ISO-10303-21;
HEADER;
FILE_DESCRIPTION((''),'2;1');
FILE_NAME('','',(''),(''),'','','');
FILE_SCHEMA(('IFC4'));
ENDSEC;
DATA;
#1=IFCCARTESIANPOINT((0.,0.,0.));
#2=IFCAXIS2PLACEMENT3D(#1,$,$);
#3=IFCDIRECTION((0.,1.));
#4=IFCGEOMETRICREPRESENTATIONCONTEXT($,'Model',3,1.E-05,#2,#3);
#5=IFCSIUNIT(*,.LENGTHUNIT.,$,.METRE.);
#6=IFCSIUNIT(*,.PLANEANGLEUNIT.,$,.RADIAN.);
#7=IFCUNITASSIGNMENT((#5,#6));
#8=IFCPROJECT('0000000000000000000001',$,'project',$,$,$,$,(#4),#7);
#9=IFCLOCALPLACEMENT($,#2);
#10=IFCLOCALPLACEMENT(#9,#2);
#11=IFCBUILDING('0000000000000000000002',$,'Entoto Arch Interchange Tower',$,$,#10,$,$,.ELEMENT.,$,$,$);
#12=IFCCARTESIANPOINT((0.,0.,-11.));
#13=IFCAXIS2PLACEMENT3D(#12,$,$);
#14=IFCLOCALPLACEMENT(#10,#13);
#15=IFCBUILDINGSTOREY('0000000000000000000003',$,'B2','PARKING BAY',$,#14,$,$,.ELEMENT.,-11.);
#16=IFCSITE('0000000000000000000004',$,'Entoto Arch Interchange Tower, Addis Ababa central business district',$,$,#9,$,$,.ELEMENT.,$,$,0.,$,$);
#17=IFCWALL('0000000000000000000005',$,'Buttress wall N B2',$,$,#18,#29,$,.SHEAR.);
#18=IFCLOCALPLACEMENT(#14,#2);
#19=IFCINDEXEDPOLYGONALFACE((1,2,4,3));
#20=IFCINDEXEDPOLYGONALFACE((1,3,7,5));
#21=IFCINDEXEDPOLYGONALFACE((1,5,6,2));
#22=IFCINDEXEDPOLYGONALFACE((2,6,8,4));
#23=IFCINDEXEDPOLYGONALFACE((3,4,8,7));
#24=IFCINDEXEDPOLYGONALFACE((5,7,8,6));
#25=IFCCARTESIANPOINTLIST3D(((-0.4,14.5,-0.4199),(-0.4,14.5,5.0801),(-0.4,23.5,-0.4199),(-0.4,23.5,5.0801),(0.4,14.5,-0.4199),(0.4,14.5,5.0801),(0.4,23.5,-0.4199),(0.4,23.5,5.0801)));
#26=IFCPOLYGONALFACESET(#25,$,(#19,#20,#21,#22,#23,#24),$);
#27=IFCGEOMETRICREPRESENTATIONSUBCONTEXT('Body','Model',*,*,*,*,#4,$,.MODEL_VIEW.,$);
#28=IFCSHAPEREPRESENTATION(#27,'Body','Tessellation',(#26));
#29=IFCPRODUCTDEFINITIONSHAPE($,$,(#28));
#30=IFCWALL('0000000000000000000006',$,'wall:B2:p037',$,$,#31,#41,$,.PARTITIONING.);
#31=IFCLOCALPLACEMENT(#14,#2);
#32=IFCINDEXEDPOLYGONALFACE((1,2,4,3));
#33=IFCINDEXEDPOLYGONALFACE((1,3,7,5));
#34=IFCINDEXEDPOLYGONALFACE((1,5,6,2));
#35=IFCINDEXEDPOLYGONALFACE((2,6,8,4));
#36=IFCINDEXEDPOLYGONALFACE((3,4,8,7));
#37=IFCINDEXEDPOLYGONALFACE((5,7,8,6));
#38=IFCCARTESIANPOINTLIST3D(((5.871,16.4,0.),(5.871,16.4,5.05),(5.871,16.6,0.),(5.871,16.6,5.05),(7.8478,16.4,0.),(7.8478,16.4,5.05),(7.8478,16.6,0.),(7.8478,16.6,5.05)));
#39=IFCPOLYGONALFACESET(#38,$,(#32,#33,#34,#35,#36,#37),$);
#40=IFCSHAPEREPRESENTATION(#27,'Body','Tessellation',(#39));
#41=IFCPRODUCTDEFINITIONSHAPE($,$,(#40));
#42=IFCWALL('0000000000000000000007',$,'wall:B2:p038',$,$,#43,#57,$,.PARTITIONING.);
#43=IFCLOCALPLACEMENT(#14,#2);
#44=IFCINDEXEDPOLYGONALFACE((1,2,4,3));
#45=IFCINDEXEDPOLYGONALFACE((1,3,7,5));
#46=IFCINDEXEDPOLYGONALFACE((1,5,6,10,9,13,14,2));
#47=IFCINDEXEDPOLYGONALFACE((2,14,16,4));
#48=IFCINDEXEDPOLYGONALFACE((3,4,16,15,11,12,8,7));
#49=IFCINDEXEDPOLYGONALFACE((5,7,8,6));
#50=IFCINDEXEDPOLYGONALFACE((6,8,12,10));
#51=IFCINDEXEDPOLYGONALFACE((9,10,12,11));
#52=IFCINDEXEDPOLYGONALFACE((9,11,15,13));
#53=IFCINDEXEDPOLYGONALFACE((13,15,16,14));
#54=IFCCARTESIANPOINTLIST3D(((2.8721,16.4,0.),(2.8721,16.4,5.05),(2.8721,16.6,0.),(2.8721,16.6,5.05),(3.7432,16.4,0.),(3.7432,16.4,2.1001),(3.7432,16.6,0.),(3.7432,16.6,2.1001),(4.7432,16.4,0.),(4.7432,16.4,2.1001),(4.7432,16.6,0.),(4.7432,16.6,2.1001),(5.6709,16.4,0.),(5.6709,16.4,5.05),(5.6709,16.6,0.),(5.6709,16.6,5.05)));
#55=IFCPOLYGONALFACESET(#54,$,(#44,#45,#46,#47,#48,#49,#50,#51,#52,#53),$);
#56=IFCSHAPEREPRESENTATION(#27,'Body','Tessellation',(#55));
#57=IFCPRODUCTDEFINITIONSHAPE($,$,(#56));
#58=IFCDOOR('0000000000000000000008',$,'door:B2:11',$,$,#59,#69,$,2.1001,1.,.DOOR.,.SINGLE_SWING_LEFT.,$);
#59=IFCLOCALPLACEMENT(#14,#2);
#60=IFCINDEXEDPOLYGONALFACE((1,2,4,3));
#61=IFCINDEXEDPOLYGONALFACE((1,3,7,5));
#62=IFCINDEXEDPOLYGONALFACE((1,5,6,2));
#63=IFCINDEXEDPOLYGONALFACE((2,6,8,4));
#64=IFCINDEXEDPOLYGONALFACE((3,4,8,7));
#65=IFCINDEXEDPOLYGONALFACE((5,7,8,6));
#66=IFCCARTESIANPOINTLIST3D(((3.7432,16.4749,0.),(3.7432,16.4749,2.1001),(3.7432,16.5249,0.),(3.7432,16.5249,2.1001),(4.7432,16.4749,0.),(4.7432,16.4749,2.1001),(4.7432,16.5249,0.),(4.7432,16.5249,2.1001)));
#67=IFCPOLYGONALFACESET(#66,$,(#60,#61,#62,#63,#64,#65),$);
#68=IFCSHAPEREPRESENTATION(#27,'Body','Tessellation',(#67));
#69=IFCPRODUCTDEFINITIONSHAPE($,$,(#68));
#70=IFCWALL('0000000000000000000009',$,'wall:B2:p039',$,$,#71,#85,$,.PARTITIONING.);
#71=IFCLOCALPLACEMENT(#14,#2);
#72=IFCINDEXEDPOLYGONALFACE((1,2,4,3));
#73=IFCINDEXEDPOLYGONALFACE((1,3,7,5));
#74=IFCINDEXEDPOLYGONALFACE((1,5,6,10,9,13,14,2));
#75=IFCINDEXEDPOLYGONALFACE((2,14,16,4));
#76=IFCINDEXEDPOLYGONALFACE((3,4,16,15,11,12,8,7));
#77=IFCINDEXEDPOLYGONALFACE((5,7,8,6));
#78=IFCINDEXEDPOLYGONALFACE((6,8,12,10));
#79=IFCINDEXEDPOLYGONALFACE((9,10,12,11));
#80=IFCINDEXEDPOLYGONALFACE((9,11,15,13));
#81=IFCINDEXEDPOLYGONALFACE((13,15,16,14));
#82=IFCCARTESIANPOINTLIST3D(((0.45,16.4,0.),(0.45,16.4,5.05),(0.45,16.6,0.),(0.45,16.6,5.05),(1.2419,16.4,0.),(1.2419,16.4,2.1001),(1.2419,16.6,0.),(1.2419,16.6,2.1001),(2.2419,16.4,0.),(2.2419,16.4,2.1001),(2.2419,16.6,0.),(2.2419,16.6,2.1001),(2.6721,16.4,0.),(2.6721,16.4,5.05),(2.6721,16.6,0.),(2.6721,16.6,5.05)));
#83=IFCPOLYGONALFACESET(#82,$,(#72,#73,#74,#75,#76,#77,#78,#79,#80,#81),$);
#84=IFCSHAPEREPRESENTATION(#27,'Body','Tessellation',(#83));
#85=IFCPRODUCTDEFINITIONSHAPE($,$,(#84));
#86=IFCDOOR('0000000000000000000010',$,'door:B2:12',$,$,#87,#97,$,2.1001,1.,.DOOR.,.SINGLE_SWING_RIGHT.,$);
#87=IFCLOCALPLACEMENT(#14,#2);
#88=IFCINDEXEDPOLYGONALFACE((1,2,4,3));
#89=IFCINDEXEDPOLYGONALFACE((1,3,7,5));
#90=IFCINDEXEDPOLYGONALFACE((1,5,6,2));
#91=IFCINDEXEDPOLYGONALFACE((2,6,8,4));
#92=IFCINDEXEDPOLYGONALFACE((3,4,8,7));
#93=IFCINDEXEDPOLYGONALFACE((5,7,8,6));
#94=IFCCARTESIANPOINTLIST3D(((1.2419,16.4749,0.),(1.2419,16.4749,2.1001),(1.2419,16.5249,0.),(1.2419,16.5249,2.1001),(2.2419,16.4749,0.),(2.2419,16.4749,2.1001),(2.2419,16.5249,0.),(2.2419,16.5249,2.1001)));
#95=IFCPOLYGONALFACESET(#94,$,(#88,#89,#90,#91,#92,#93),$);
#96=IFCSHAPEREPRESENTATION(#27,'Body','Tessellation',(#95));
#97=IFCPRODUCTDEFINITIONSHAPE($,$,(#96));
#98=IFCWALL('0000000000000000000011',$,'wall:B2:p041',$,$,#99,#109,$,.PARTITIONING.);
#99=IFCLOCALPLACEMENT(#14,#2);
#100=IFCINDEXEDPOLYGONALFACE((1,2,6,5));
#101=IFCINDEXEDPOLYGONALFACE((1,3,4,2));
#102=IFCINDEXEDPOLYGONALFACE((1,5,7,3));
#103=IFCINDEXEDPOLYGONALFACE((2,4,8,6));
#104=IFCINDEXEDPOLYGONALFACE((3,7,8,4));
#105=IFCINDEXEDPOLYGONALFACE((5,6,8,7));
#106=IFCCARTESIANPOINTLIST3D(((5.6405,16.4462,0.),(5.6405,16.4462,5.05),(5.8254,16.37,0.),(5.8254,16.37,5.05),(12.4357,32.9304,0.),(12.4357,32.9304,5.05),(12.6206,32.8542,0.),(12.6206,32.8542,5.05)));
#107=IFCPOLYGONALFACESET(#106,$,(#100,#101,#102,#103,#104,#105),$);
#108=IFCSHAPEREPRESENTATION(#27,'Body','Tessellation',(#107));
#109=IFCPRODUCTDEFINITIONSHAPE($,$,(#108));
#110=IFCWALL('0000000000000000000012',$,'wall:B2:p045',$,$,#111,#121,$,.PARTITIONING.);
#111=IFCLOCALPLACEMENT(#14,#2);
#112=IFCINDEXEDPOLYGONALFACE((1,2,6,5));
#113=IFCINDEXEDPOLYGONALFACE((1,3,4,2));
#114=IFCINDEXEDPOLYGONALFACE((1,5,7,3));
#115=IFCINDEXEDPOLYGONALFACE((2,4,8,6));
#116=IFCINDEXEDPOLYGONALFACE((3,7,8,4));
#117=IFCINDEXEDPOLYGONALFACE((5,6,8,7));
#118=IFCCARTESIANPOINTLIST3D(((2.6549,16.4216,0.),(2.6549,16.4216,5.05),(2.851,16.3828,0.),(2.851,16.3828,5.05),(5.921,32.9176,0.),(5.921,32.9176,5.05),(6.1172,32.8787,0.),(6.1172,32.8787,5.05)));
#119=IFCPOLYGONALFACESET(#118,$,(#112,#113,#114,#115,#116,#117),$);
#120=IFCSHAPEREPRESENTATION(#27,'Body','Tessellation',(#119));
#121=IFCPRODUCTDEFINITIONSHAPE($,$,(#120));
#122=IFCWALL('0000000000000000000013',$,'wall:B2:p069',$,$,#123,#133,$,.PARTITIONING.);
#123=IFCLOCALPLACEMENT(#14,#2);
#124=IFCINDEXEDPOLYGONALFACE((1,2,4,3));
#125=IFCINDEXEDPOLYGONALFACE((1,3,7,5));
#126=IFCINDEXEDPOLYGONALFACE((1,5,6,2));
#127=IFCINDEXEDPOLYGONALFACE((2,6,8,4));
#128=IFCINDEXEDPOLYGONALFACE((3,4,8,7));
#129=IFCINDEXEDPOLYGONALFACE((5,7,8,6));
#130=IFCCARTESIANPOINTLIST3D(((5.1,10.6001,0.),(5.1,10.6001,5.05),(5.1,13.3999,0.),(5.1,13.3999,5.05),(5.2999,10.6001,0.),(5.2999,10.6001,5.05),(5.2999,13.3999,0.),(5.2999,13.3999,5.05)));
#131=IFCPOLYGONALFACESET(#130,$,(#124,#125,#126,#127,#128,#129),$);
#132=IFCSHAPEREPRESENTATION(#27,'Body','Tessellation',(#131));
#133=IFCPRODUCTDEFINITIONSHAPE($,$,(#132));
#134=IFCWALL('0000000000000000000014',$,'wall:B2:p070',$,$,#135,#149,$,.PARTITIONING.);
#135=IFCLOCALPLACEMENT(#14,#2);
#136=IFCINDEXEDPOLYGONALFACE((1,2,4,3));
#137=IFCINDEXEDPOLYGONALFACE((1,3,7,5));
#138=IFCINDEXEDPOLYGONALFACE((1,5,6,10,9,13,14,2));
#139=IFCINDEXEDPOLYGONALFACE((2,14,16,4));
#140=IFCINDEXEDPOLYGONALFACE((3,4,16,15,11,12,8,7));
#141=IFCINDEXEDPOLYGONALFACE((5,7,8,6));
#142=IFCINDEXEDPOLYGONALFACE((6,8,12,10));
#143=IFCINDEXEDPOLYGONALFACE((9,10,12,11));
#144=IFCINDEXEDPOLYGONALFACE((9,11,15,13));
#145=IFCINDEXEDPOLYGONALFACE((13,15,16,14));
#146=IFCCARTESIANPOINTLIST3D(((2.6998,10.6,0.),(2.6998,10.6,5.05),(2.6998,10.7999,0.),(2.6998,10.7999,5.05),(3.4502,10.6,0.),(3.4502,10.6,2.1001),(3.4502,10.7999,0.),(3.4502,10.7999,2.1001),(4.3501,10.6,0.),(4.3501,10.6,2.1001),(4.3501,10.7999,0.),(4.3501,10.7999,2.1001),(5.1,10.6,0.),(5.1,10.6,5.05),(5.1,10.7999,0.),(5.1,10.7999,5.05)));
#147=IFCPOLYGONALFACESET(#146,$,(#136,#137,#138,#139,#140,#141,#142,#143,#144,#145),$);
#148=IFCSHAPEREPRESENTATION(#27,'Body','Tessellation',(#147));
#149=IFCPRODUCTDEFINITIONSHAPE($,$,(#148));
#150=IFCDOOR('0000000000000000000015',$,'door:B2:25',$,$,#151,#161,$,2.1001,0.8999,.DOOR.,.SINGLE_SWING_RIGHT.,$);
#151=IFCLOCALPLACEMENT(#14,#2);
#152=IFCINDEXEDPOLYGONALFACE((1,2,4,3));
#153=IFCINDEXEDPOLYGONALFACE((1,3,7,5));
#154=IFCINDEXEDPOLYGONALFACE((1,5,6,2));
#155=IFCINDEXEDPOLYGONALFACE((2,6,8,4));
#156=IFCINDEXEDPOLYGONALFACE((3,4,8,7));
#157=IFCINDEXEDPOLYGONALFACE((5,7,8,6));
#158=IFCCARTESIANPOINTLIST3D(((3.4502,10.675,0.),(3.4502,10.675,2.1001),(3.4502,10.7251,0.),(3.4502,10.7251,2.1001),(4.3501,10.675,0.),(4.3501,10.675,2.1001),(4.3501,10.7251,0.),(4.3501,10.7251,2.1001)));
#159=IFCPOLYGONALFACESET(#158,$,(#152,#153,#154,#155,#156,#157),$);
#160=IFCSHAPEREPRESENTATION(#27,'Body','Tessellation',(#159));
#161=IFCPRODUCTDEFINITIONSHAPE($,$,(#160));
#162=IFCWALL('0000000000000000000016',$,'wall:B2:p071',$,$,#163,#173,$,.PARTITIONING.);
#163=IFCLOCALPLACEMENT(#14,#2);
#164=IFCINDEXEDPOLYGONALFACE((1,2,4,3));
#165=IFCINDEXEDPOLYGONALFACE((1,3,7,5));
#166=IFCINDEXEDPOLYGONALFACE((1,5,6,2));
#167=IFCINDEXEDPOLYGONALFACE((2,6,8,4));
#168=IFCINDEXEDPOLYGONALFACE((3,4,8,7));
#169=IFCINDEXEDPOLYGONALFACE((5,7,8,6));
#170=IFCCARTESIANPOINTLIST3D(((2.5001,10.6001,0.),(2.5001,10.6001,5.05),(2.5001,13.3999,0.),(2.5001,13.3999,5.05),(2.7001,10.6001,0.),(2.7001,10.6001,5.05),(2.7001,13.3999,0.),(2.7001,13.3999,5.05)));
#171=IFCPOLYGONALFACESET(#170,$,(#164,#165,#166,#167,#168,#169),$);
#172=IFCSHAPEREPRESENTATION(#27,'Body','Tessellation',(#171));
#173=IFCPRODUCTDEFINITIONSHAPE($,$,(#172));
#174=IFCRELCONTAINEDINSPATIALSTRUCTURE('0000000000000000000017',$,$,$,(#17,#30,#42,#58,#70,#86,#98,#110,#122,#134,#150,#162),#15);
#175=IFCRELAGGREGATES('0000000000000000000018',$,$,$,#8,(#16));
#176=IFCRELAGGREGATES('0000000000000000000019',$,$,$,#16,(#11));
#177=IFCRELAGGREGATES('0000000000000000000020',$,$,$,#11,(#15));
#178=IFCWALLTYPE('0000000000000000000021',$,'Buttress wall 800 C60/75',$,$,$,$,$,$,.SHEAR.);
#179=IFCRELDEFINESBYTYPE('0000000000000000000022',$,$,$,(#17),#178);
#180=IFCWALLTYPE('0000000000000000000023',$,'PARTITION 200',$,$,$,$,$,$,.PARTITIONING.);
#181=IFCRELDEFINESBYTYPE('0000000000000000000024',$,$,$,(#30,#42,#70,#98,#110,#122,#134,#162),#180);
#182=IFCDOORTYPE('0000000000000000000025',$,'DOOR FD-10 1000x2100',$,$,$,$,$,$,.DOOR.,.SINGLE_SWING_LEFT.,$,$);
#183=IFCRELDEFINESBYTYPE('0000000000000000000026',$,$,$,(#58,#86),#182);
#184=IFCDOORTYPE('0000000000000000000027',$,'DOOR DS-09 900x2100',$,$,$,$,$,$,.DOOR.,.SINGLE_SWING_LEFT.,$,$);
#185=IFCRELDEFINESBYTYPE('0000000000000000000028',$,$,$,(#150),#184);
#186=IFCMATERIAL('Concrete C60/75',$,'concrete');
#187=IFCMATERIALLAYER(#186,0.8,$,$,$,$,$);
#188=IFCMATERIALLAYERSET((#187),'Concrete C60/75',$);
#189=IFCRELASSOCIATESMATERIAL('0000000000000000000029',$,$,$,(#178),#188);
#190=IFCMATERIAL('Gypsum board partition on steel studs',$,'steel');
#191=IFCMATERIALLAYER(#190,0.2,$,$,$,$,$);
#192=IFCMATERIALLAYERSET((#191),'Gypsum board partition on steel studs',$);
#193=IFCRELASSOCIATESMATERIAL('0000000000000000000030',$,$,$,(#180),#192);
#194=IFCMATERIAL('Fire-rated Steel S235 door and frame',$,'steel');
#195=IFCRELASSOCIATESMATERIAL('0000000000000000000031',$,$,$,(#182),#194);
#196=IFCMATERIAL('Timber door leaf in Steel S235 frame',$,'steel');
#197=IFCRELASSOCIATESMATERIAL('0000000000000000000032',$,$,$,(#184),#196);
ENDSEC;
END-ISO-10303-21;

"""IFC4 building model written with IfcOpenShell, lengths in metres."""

from ifc_helpers import new_model, si_unit, direction, frame, frame_2d, origin, place, context, subcontext, project, spatial, rectangle, extrude, material, layer, layer_set, type_object, element, fill, save


model = new_model("IFC4")

# Units and contexts
model_context = context("Model", 3, precision=1e-05, world=origin(), true_north=direction((0.0, 1.0)))
body_context = subcontext(model_context, "Body", "Model", "MODEL_VIEW")
ifc_project = project(units=[si_unit("LENGTHUNIT", "METRE"), si_unit("PLANEANGLEUNIT", "RADIAN")], contexts=[model_context])

# Site, building, storey
site_placement = place(None, origin())
site = spatial("IfcSite", under=ifc_project, at=site_placement, Name="Entoto Arch Interchange Tower, Addis Ababa central business district", CompositionType="ELEMENT", RefElevation=0.0)
building_placement = place(site_placement, origin())
building = spatial("IfcBuilding", under=site, at=building_placement, Name="Entoto Arch Interchange Tower", CompositionType="ELEMENT")
storey_placement = place(building_placement, frame((0.0, 0.0, -11.0)))
storey = spatial("IfcBuildingStorey", under=building, at=storey_placement, Name="B2", Description="PARKING BAY", CompositionType="ELEMENT", Elevation=-11.0)

# Walls
ifc_material_1 = material(Name="Concrete C60/75", Category="concrete")
ifc_layer_1 = layer(ifc_material_1, 0.8)
ifc_layer_set_1 = layer_set([ifc_layer_1], Name="Concrete C60/75")
wall_type_1 = type_object("IfcWallType", Name="Buttress wall 800 C60/75", PredefinedType="SHEAR", material=ifc_layer_set_1)
wall_1_placement = place(storey_placement, frame((0.0, 14.5, -0.4199), z_axis=(0.0, 0.0, 1.0), x_axis=(0.0, 1.0, 0.0)))
element("IfcWall", 1, at=wall_1_placement, inside=storey, type_object=wall_type_1, Name="Buttress wall N B2", PredefinedType="SHEAR", context=body_context, shape_type="SweptSolid", body=[
    extrude(rectangle(XDim=9.0, YDim=0.8, at=frame_2d((4.5, 0.0))), origin(), (0.0, 0.0, 1.0), 5.5),
])
ifc_material_2 = material(Name="Gypsum board partition on steel studs", Category="steel")
ifc_layer_2 = layer(ifc_material_2, 0.2)
ifc_layer_set_2 = layer_set([ifc_layer_2], Name="Gypsum board partition on steel studs")
wall_type_2 = type_object("IfcWallType", Name="PARTITION 200", PredefinedType="PARTITIONING", material=ifc_layer_set_2)
wall_2_placement = place(storey_placement, frame((5.8711, 16.5, 0.0), z_axis=(0.0, 0.0, 1.0), x_axis=(1.0, 0.0, 0.0)))
element("IfcWall", 2, at=wall_2_placement, inside=storey, type_object=wall_type_2, Name="wall:B2:p037", PredefinedType="PARTITIONING", context=body_context, shape_type="SweptSolid", body=[
    extrude(rectangle(XDim=1.9768, YDim=0.2, at=frame_2d((0.9883, 0.0))), origin(), (0.0, 0.0, 1.0), 5.05),
])

# Walls, openings, doors
wall_3_placement = place(storey_placement, frame((2.8721, 16.5, 0.0), z_axis=(0.0, 0.0, 1.0), x_axis=(1.0, 0.0, 0.0)))
wall_3 = element("IfcWall", 3, at=wall_3_placement, inside=storey, type_object=wall_type_2, Name="wall:B2:p038", PredefinedType="PARTITIONING", context=body_context, shape_type="SweptSolid", body=[
    extrude(rectangle(XDim=2.7988, YDim=0.2, at=frame_2d((1.3994, 0.0))), origin(), (0.0, 0.0, 1.0), 5.05),
])
opening_1_placement = place(wall_3_placement, frame((0.8711, 0.0, 0.0)))
opening_1 = element("IfcOpeningElement", 4, at=opening_1_placement, cuts=wall_3, PredefinedType="OPENING", context=body_context, shape_type="SweptSolid", body=[
    extrude(rectangle(XDim=1.0, YDim=2.1001, at=frame_2d((0.5, 1.05))), frame((0.0, 0.1099, 0.0), z_axis=(0.0, -1.0, 0.0), x_axis=(1.0, 0.0, 0.0)), (0.0, 0.0, 1.0), 0.22),
])
ifc_material_3 = material(Name="Fire-rated Steel S235 door and frame", Category="steel")
door_type_1 = type_object("IfcDoorType", Name="DOOR FD-10 1000x2100", OperationType="SINGLE_SWING_LEFT", PredefinedType="DOOR", material=ifc_material_3)
door_1_placement = place(opening_1_placement, origin())
door_1 = element("IfcDoor", 5, at=door_1_placement, inside=storey, type_object=door_type_1, Name="door:B2:11", OperationType="SINGLE_SWING_LEFT", OverallHeight=2.1001, OverallWidth=1.0, PredefinedType="DOOR", context=body_context, shape_type="SweptSolid", body=[
    extrude(rectangle(XDim=1.0, YDim=2.1001, at=frame_2d((0.5, 1.05))), frame((0.0, 0.0249, 0.0), z_axis=(0.0, -1.0, 0.0), x_axis=(1.0, 0.0, 0.0)), (0.0, 0.0, 1.0), 0.05),
])
fill(opening_1, door_1)
wall_4_placement = place(storey_placement, frame((0.45, 16.5, 0.0), z_axis=(0.0, 0.0, 1.0), x_axis=(1.0, 0.0, 0.0)))
wall_4 = element("IfcWall", 6, at=wall_4_placement, inside=storey, type_object=wall_type_2, Name="wall:B2:p039", PredefinedType="PARTITIONING", context=body_context, shape_type="SweptSolid", body=[
    extrude(rectangle(XDim=2.2222, YDim=0.2, at=frame_2d((1.1111, 0.0))), origin(), (0.0, 0.0, 1.0), 5.05),
])
opening_2_placement = place(wall_4_placement, frame((0.792, 0.0, 0.0)))
opening_2 = element("IfcOpeningElement", 7, at=opening_2_placement, cuts=wall_4, PredefinedType="OPENING", context=body_context, shape_type="SweptSolid", body=[
    extrude(rectangle(XDim=1.0, YDim=2.1001, at=frame_2d((0.5, 1.05))), frame((0.0, 0.1099, 0.0), z_axis=(0.0, -1.0, 0.0), x_axis=(1.0, 0.0, 0.0)), (0.0, 0.0, 1.0), 0.22),
])
door_2_placement = place(opening_2_placement, origin())
door_2 = element("IfcDoor", 8, at=door_2_placement, inside=storey, type_object=door_type_1, Name="door:B2:12", OperationType="SINGLE_SWING_RIGHT", OverallHeight=2.1001, OverallWidth=1.0, PredefinedType="DOOR", context=body_context, shape_type="SweptSolid", body=[
    extrude(rectangle(XDim=1.0, YDim=2.1001, at=frame_2d((0.5, 1.05))), frame((0.0, 0.0249, 0.0), z_axis=(0.0, -1.0, 0.0), x_axis=(1.0, 0.0, 0.0)), (0.0, 0.0, 1.0), 0.05),
])
fill(opening_2, door_2)

# Walls
wall_5_placement = place(storey_placement, frame((5.7329, 16.408, 0.0), z_axis=(0.0, 0.0, 1.0), x_axis=(0.381113, 0.924528, 0.0)))
element("IfcWall", 9, at=wall_5_placement, inside=storey, type_object=wall_type_2, Name="wall:B2:p041", PredefinedType="PARTITIONING", context=body_context, shape_type="SweptSolid", body=[
    extrude(rectangle(XDim=17.8298, YDim=0.2, at=frame_2d((8.915, 0.0))), origin(), (0.0, 0.0, 1.0), 5.05),
])
wall_6_placement = place(storey_placement, frame((2.7529, 16.4021, 0.0), z_axis=(0.0, 0.0, 1.0), x_axis=(0.194226, 0.980957, 0.0)))
element("IfcWall", 10, at=wall_6_placement, inside=storey, type_object=wall_type_2, Name="wall:B2:p045", PredefinedType="PARTITIONING", context=body_context, shape_type="SweptSolid", body=[
    extrude(rectangle(XDim=16.8162, YDim=0.2, at=frame_2d((8.4082, 0.0))), origin(), (0.0, 0.0, 1.0), 5.05),
])
wall_7_placement = place(storey_placement, frame((5.2, 13.3999, 0.0), z_axis=(0.0, 0.0, 1.0), x_axis=(0.0, -1.0, 0.0)))
element("IfcWall", 11, at=wall_7_placement, inside=storey, type_object=wall_type_2, Name="wall:B2:p069", PredefinedType="PARTITIONING", context=body_context, shape_type="SweptSolid", body=[
    extrude(rectangle(XDim=2.7998, YDim=0.2, at=frame_2d((1.3999, 0.0))), origin(), (0.0, 0.0, 1.0), 5.05),
])

# Wall, opening, door
wall_8_placement = place(storey_placement, frame((5.1001, 10.7, 0.0), z_axis=(0.0, 0.0, 1.0), x_axis=(-1.0, 0.0, 0.0)))
wall_8 = element("IfcWall", 12, at=wall_8_placement, inside=storey, type_object=wall_type_2, Name="wall:B2:p070", PredefinedType="PARTITIONING", context=body_context, shape_type="SweptSolid", body=[
    extrude(rectangle(XDim=2.4001, YDim=0.2, at=frame_2d((1.2002, 0.0))), origin(), (0.0, 0.0, 1.0), 5.05),
])
opening_3_placement = place(wall_8_placement, frame((0.75, 0.0, 0.0)))
opening_3 = element("IfcOpeningElement", 13, at=opening_3_placement, cuts=wall_8, PredefinedType="OPENING", context=body_context, shape_type="SweptSolid", body=[
    extrude(rectangle(XDim=0.8999, YDim=2.1001, at=frame_2d((0.45, 1.05))), frame((0.0, 0.1099, 0.0), z_axis=(0.0, -1.0, 0.0), x_axis=(1.0, 0.0, 0.0)), (0.0, 0.0, 1.0), 0.22),
])
ifc_material_4 = material(Name="Timber door leaf in Steel S235 frame", Category="steel")
door_type_2 = type_object("IfcDoorType", Name="DOOR DS-09 900x2100", OperationType="SINGLE_SWING_LEFT", PredefinedType="DOOR", material=ifc_material_4)
door_3_placement = place(opening_3_placement, origin())
door_3 = element("IfcDoor", 14, at=door_3_placement, inside=storey, type_object=door_type_2, Name="door:B2:25", OperationType="SINGLE_SWING_RIGHT", OverallHeight=2.1001, OverallWidth=0.8999, PredefinedType="DOOR", context=body_context, shape_type="SweptSolid", body=[
    extrude(rectangle(XDim=0.8999, YDim=2.1001, at=frame_2d((0.45, 1.05))), frame((0.0, 0.0249, 0.0), z_axis=(0.0, -1.0, 0.0), x_axis=(1.0, 0.0, 0.0)), (0.0, 0.0, 1.0), 0.05),
])
fill(opening_3, door_3)

# Wall
wall_9_placement = place(storey_placement, frame((2.6001, 10.6001, 0.0), z_axis=(0.0, 0.0, 1.0), x_axis=(0.0, 1.0, 0.0)))
element("IfcWall", 15, at=wall_9_placement, inside=storey, type_object=wall_type_2, Name="wall:B2:p071", PredefinedType="PARTITIONING", context=body_context, shape_type="SweptSolid", body=[
    extrude(rectangle(XDim=2.7998, YDim=0.2, at=frame_2d((1.3999, 0.0))), origin(), (0.0, 0.0, 1.0), 5.05),
])

save(model, "model.ifc")
